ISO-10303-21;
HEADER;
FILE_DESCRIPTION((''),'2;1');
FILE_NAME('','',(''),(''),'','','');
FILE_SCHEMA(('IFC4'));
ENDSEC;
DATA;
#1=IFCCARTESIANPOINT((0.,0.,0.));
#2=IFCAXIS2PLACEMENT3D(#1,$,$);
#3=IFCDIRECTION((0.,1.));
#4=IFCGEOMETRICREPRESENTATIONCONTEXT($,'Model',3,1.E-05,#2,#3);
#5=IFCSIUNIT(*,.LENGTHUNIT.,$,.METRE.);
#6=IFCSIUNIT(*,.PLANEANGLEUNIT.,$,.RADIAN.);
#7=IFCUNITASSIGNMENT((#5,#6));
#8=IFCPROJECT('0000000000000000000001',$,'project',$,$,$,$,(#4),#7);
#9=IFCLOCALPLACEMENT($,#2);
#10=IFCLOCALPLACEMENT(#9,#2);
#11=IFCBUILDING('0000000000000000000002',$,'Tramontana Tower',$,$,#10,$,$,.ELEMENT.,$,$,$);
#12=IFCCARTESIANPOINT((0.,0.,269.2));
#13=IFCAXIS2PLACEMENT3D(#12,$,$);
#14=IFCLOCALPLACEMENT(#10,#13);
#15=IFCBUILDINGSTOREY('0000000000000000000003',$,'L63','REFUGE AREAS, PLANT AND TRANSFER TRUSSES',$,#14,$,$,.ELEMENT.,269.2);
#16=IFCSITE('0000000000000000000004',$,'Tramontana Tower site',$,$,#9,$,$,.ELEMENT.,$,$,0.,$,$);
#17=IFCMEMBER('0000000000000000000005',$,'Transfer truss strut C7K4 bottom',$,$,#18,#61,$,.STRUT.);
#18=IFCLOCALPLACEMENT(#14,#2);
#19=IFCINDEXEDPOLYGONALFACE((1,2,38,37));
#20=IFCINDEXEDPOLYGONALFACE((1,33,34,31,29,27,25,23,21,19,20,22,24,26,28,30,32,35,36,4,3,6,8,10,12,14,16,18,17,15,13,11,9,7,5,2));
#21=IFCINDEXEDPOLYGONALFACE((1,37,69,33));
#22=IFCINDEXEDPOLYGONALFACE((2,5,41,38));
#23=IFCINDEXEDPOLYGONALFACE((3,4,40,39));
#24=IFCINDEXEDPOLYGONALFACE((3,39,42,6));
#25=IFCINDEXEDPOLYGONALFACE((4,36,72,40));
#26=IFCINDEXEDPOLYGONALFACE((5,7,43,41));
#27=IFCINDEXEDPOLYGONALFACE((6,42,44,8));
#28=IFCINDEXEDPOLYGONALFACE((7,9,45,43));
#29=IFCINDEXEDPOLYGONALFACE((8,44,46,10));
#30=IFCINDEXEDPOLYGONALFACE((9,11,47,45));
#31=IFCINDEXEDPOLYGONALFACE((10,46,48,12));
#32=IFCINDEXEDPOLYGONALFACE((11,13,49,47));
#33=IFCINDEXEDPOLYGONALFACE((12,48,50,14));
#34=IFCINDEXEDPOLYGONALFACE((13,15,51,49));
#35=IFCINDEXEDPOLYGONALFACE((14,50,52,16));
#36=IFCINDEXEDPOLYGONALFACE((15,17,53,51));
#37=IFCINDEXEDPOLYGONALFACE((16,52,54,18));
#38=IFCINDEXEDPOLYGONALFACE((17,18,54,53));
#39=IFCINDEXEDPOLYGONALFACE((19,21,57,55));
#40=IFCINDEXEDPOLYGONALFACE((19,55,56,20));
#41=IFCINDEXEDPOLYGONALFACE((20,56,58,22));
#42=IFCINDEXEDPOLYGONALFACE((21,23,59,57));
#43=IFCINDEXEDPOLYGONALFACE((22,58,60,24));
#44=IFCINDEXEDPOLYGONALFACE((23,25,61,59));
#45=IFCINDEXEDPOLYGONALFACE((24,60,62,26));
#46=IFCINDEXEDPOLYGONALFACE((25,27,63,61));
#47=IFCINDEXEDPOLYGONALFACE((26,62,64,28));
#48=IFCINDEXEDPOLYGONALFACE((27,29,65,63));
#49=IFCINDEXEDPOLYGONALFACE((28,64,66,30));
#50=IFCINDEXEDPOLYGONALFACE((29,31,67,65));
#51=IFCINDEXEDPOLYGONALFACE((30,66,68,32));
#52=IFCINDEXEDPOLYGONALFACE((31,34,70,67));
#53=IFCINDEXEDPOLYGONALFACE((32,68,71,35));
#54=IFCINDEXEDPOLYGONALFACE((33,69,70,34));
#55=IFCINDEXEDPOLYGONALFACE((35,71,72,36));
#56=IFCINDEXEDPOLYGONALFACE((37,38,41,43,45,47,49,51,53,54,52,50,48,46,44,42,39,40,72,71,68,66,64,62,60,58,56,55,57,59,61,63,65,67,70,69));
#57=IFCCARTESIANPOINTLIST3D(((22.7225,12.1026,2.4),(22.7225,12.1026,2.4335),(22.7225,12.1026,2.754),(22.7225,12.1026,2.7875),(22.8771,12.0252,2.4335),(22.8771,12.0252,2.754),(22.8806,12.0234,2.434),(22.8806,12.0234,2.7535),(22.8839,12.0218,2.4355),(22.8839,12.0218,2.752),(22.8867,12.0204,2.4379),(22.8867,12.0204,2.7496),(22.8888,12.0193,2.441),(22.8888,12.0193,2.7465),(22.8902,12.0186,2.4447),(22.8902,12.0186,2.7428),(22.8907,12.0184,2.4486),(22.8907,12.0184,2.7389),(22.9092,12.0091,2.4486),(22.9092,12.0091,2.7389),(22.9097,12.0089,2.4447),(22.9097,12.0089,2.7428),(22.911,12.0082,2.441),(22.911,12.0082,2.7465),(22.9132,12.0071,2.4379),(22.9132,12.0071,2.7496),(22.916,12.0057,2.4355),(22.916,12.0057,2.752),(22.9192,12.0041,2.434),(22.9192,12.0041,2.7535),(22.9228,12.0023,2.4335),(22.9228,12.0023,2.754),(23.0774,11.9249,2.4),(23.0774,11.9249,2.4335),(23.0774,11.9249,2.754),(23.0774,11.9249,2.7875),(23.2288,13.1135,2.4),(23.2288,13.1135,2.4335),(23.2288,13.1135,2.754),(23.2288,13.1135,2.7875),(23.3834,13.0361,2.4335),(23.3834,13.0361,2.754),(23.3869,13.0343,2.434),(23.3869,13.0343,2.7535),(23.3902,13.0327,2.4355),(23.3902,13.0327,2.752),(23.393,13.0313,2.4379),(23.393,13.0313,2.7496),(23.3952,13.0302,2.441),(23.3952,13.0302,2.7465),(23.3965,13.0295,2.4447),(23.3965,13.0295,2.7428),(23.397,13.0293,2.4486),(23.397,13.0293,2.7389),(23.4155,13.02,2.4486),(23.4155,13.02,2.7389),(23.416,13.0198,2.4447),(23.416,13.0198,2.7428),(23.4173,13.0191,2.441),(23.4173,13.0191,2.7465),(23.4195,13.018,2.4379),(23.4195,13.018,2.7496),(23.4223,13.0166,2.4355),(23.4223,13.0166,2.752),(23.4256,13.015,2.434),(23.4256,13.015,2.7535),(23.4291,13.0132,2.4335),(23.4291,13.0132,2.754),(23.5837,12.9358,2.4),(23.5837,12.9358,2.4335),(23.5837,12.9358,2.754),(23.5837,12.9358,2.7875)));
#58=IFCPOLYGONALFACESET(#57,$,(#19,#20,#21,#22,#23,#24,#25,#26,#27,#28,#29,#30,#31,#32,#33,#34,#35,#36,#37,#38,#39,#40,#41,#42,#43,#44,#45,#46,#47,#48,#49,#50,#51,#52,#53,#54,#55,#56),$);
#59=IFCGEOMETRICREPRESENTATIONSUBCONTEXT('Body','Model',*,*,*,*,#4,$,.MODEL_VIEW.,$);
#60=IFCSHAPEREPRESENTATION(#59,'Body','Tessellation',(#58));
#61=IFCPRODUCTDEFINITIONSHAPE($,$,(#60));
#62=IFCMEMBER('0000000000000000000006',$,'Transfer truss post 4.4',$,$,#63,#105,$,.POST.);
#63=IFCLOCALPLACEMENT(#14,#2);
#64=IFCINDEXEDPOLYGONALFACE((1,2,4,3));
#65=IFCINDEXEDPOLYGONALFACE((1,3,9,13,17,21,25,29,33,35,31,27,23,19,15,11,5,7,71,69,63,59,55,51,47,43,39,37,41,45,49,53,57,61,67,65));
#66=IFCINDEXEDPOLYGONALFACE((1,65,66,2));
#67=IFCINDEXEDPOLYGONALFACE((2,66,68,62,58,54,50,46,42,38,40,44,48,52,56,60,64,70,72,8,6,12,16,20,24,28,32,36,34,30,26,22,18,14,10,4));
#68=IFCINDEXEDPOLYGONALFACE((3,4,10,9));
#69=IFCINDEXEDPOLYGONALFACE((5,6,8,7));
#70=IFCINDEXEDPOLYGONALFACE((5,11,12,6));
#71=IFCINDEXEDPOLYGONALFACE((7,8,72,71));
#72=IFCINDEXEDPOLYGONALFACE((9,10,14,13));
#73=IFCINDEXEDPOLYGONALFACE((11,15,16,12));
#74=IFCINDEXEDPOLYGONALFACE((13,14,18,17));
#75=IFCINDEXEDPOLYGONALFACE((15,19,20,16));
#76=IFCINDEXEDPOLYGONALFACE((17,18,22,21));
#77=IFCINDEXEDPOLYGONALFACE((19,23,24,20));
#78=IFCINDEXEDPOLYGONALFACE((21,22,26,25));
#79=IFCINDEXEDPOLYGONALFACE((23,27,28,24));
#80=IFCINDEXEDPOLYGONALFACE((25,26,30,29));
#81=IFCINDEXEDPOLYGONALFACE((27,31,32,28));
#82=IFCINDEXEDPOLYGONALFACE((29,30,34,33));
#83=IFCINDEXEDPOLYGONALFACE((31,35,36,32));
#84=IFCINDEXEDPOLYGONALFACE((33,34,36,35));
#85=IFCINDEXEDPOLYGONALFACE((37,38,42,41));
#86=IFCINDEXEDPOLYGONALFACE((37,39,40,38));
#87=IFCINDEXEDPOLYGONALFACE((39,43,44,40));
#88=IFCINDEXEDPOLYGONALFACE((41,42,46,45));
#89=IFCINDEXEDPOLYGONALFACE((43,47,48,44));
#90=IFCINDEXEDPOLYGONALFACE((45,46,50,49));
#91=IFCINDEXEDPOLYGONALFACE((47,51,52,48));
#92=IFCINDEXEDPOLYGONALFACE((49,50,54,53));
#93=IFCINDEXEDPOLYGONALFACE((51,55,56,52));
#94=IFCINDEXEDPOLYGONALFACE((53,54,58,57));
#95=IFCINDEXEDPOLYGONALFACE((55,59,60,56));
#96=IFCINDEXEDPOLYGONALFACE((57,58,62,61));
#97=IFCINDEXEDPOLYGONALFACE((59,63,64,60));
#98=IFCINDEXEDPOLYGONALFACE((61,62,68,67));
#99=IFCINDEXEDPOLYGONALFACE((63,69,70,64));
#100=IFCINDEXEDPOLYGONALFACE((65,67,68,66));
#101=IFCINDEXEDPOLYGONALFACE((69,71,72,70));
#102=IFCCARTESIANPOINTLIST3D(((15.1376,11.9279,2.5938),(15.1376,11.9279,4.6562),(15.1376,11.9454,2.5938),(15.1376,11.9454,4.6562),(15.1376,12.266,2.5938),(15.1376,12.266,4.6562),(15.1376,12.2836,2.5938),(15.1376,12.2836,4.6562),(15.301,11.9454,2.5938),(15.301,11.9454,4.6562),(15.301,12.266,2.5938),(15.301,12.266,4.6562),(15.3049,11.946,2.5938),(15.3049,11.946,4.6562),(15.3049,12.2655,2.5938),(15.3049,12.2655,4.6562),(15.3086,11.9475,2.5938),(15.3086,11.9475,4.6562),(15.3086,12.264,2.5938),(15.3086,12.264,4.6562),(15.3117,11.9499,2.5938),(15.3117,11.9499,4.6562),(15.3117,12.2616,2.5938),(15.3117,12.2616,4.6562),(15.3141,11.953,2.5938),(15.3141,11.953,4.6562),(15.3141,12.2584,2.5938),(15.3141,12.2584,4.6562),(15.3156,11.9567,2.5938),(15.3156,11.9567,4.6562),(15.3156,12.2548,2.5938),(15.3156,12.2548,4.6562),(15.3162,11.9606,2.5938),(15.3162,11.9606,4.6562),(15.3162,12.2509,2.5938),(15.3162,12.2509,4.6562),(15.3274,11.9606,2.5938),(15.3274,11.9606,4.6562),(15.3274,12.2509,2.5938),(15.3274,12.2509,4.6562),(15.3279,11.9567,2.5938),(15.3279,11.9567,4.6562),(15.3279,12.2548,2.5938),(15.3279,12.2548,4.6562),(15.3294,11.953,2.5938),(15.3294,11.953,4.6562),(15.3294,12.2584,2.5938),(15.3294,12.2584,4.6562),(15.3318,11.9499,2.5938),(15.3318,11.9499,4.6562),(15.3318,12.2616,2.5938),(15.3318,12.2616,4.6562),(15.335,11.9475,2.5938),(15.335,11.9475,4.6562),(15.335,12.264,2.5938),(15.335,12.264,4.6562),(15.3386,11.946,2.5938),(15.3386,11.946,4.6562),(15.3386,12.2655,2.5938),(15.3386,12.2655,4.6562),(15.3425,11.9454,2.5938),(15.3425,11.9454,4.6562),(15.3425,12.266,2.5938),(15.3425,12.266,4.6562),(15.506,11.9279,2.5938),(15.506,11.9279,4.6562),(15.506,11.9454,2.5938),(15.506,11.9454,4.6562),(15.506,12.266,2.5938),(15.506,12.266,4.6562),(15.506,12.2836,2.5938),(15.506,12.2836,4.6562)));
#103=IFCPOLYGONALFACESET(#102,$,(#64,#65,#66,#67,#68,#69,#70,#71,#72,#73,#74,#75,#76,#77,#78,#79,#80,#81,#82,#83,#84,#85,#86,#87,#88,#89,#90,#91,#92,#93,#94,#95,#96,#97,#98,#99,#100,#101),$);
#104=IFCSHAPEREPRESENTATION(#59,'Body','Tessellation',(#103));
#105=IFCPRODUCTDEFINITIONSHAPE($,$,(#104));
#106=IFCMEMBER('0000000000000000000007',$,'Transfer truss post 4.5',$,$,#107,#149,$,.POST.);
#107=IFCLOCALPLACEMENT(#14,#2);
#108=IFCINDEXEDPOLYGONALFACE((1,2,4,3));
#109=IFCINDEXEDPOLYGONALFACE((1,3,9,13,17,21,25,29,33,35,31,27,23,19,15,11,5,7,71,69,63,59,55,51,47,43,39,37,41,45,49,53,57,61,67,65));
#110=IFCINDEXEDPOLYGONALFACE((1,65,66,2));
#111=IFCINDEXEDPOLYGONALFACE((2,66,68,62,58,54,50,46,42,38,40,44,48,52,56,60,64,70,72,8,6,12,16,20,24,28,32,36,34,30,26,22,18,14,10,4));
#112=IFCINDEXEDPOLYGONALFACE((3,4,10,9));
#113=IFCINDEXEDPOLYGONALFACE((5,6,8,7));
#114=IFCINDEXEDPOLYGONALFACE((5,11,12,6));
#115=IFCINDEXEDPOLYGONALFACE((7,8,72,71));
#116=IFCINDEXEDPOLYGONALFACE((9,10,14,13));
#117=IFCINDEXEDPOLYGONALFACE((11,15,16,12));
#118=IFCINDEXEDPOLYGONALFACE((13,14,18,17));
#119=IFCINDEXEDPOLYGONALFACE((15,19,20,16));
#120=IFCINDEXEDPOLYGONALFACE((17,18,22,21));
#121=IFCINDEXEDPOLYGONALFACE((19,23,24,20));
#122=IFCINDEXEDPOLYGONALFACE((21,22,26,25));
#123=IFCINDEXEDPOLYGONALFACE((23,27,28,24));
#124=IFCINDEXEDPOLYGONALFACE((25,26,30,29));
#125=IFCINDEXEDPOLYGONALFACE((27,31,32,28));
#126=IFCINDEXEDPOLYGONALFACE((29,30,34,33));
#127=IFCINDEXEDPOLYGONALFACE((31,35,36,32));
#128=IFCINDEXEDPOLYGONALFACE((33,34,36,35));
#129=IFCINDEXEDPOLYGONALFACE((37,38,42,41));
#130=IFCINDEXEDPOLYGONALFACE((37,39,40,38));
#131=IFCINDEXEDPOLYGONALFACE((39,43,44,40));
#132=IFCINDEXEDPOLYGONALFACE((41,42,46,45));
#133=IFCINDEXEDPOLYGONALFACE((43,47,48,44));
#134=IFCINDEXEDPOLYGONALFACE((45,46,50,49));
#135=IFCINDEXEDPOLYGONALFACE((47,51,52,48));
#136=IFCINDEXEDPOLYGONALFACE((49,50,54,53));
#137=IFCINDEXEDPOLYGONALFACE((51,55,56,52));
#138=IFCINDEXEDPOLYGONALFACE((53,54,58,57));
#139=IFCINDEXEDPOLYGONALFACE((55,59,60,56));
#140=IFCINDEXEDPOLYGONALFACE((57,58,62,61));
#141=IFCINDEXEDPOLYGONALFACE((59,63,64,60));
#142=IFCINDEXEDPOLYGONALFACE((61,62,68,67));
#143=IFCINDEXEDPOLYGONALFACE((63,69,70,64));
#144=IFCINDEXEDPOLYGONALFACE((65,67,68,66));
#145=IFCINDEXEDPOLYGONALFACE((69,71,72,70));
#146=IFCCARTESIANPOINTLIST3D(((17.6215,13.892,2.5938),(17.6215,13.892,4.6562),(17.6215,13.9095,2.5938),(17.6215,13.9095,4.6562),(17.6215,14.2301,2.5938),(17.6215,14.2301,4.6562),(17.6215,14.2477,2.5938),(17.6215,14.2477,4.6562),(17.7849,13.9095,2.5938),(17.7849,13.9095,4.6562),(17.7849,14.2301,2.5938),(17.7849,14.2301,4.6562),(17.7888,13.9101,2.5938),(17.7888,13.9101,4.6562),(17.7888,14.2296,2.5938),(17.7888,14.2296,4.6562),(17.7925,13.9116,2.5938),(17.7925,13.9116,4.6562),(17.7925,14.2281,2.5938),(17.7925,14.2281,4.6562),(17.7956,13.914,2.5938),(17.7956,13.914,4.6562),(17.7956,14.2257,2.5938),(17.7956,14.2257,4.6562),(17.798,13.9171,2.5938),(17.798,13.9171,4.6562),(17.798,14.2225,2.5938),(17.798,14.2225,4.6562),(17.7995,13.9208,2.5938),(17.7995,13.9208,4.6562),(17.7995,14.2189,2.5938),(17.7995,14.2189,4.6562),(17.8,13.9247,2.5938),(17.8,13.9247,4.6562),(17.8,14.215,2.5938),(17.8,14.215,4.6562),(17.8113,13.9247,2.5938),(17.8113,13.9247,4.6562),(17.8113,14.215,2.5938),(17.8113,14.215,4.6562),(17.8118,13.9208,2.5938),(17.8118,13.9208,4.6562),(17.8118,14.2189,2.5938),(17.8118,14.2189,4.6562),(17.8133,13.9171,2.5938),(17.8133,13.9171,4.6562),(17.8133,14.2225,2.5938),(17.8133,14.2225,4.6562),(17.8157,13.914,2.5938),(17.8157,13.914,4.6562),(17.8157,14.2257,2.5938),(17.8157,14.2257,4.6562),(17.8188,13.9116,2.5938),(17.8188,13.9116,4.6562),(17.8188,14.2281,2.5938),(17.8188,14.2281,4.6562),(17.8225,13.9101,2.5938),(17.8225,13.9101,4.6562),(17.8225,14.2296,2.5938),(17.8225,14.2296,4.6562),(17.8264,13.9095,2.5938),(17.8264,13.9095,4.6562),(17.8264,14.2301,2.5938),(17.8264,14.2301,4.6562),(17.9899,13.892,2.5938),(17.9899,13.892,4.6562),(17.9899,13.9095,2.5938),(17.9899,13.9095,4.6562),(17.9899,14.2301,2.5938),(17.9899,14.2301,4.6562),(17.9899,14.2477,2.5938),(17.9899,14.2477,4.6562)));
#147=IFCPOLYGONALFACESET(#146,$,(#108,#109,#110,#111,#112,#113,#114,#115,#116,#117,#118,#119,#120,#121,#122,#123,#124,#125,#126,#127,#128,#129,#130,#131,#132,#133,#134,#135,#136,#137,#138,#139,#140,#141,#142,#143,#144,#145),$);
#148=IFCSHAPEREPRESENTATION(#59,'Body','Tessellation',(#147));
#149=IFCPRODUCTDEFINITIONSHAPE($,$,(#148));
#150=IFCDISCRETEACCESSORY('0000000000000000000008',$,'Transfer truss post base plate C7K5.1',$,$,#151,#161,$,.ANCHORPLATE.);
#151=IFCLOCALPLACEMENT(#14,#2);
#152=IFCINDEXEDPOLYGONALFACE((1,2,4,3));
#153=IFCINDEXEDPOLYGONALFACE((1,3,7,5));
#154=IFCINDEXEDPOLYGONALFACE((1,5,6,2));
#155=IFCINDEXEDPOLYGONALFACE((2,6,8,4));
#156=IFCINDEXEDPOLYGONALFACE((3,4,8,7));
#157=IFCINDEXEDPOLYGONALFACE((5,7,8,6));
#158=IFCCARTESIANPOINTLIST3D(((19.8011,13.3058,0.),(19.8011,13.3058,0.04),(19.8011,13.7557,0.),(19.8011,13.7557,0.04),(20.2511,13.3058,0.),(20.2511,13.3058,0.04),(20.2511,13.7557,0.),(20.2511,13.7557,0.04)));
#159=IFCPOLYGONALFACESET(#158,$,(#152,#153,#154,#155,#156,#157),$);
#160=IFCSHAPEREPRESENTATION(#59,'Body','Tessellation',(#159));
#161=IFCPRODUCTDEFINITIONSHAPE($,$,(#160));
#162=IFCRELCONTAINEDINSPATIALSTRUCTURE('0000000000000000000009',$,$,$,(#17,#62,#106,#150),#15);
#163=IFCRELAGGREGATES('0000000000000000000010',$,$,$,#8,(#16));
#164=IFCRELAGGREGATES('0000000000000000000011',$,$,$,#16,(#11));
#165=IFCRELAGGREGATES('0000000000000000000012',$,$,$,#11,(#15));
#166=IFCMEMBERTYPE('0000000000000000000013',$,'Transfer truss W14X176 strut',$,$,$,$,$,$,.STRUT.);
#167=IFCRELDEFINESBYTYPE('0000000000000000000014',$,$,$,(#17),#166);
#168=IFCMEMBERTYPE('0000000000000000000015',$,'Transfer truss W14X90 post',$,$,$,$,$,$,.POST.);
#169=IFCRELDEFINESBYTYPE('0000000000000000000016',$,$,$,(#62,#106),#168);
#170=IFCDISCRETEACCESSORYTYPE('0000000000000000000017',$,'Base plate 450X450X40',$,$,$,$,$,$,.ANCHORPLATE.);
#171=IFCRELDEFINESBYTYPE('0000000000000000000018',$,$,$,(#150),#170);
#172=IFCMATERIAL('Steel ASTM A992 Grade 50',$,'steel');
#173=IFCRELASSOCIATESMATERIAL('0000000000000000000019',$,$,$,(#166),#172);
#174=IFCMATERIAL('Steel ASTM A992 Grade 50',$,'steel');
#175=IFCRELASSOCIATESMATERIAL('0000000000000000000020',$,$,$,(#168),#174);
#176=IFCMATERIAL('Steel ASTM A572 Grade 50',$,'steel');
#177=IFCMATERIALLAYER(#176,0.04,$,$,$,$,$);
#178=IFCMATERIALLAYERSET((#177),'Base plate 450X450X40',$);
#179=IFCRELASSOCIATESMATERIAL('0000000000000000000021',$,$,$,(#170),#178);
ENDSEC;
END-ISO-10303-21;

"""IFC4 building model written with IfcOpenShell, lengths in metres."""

from ifc_helpers import new_model, si_unit, direction, frame, origin, origin_2d, place, context, subcontext, project, spatial, rectangle, i_section, extrude, material, layer, layer_set, material_profile, profile_set, type_object, element, save


model = new_model("IFC4")

# Units and contexts
model_context = context("Model", 3, precision=1e-05, world=origin(), true_north=direction((0.0, 1.0)))
body_context = subcontext(model_context, "Body", "Model", "MODEL_VIEW")
ifc_project = project(units=[si_unit("LENGTHUNIT", "METRE"), si_unit("PLANEANGLEUNIT", "RADIAN")], contexts=[model_context])

# Site, building, storey
site_placement = place(None, origin())
site = spatial("IfcSite", under=ifc_project, at=site_placement, Name="Tramontana Tower site", CompositionType="ELEMENT", RefElevation=0.0)
building_placement = place(site_placement, origin())
building = spatial("IfcBuilding", under=site, at=building_placement, Name="Tramontana Tower", CompositionType="ELEMENT")
storey_placement = place(building_placement, frame((0.0, 0.0, 269.2)))
storey = spatial("IfcBuildingStorey", under=building, at=storey_placement, Name="L63", Description="REFUGE AREAS, PLANT AND TRANSFER TRUSSES", CompositionType="ELEMENT", Elevation=269.2)

# Members
ifc_material_1 = material(Name="Steel ASTM A992 Grade 50", Category="steel")
ifc_material_profile_1 = material_profile(ifc_material_1, i_section(OverallWidth=0.397, OverallDepth=0.3875, WebThickness=0.0208, FlangeThickness=0.0334, FilletRadius=0.0151, at=origin_2d()), Name="W14X176")
ifc_profile_set_1 = profile_set([ifc_material_profile_1], Name="Steel ASTM A992 Grade 50")
member_type_1 = type_object("IfcMemberType", Name="Transfer truss W14X176 strut", PredefinedType="STRUT", material=ifc_profile_set_1)
member_1_placement = place(storey_placement, frame((23.4062, 13.0247, 2.5938), z_axis=(-0.447818, -0.894125, 0.0), x_axis=(0.894125, -0.447818, 0.0)))
element("IfcMember", 1, at=member_1_placement, inside=storey, type_object=member_type_1, Name="Transfer truss strut C7K4 bottom", PredefinedType="STRUT", context=body_context, shape_type="SweptSolid", body=[
    extrude(i_section(OverallWidth=0.397, OverallDepth=0.3875, WebThickness=0.0208, FlangeThickness=0.0334, FilletRadius=0.0151, at=origin_2d()), origin(), (0.0, 0.0, 1.0), 1.1306),
])
ifc_material_2 = material(Name="Steel ASTM A992 Grade 50", Category="steel")
ifc_material_profile_2 = material_profile(ifc_material_2, i_section(OverallWidth=0.3684, OverallDepth=0.3557, WebThickness=0.0112, FlangeThickness=0.0176, FilletRadius=0.0151, at=origin_2d()), Name="W14X90")
ifc_profile_set_2 = profile_set([ifc_material_profile_2], Name="Steel ASTM A992 Grade 50")
member_type_2 = type_object("IfcMemberType", Name="Transfer truss W14X90 post", PredefinedType="POST", material=ifc_profile_set_2)
for number, where, z_axis, x_axis, name in (
    (2, (15.3218, 12.1057, 2.5938), (0.0, 0.0, 1.0), (1.0, 0.0, 0.0), "Transfer truss post 4.4"),
    (3, (17.8057, 14.0698, 2.5938), (0.0, 0.0, 1.0), (1.0, 0.0, 0.0), "Transfer truss post 4.5"),
):
    element("IfcMember", number, at=place(storey_placement, frame(where, z_axis=z_axis, x_axis=x_axis)), inside=storey, type_object=member_type_2, Name=name, PredefinedType="POST", context=body_context, shape_type="SweptSolid", body=[
        extrude(i_section(OverallWidth=0.3684, OverallDepth=0.3557, WebThickness=0.0112, FlangeThickness=0.0176, FilletRadius=0.0151, at=origin_2d()), origin(), (0.0, 0.0, 1.0), 2.0625),
    ])

# Discrete accessory
ifc_material_3 = material(Name="Steel ASTM A572 Grade 50", Category="steel")
ifc_layer = layer(ifc_material_3, 0.04)
ifc_layer_set = layer_set([ifc_layer], Name="Base plate 450X450X40")
discrete_accessory_type = type_object("IfcDiscreteAccessoryType", Name="Base plate 450X450X40", PredefinedType="ANCHORPLATE", material=ifc_layer_set)
discrete_accessory_placement = place(storey_placement, frame((20.0261, 13.5308, 0.0), z_axis=(0.0, 0.0, 1.0), x_axis=(1.0, 0.0, 0.0)))
element("IfcDiscreteAccessory", 4, at=discrete_accessory_placement, inside=storey, type_object=discrete_accessory_type, Name="Transfer truss post base plate C7K5.1", PredefinedType="ANCHORPLATE", context=body_context, shape_type="SweptSolid", body=[
    extrude(rectangle(XDim=0.45, YDim=0.45, at=origin_2d()), origin(), (0.0, 0.0, 1.0), 0.04),
])

save(model, "model.ifc")
